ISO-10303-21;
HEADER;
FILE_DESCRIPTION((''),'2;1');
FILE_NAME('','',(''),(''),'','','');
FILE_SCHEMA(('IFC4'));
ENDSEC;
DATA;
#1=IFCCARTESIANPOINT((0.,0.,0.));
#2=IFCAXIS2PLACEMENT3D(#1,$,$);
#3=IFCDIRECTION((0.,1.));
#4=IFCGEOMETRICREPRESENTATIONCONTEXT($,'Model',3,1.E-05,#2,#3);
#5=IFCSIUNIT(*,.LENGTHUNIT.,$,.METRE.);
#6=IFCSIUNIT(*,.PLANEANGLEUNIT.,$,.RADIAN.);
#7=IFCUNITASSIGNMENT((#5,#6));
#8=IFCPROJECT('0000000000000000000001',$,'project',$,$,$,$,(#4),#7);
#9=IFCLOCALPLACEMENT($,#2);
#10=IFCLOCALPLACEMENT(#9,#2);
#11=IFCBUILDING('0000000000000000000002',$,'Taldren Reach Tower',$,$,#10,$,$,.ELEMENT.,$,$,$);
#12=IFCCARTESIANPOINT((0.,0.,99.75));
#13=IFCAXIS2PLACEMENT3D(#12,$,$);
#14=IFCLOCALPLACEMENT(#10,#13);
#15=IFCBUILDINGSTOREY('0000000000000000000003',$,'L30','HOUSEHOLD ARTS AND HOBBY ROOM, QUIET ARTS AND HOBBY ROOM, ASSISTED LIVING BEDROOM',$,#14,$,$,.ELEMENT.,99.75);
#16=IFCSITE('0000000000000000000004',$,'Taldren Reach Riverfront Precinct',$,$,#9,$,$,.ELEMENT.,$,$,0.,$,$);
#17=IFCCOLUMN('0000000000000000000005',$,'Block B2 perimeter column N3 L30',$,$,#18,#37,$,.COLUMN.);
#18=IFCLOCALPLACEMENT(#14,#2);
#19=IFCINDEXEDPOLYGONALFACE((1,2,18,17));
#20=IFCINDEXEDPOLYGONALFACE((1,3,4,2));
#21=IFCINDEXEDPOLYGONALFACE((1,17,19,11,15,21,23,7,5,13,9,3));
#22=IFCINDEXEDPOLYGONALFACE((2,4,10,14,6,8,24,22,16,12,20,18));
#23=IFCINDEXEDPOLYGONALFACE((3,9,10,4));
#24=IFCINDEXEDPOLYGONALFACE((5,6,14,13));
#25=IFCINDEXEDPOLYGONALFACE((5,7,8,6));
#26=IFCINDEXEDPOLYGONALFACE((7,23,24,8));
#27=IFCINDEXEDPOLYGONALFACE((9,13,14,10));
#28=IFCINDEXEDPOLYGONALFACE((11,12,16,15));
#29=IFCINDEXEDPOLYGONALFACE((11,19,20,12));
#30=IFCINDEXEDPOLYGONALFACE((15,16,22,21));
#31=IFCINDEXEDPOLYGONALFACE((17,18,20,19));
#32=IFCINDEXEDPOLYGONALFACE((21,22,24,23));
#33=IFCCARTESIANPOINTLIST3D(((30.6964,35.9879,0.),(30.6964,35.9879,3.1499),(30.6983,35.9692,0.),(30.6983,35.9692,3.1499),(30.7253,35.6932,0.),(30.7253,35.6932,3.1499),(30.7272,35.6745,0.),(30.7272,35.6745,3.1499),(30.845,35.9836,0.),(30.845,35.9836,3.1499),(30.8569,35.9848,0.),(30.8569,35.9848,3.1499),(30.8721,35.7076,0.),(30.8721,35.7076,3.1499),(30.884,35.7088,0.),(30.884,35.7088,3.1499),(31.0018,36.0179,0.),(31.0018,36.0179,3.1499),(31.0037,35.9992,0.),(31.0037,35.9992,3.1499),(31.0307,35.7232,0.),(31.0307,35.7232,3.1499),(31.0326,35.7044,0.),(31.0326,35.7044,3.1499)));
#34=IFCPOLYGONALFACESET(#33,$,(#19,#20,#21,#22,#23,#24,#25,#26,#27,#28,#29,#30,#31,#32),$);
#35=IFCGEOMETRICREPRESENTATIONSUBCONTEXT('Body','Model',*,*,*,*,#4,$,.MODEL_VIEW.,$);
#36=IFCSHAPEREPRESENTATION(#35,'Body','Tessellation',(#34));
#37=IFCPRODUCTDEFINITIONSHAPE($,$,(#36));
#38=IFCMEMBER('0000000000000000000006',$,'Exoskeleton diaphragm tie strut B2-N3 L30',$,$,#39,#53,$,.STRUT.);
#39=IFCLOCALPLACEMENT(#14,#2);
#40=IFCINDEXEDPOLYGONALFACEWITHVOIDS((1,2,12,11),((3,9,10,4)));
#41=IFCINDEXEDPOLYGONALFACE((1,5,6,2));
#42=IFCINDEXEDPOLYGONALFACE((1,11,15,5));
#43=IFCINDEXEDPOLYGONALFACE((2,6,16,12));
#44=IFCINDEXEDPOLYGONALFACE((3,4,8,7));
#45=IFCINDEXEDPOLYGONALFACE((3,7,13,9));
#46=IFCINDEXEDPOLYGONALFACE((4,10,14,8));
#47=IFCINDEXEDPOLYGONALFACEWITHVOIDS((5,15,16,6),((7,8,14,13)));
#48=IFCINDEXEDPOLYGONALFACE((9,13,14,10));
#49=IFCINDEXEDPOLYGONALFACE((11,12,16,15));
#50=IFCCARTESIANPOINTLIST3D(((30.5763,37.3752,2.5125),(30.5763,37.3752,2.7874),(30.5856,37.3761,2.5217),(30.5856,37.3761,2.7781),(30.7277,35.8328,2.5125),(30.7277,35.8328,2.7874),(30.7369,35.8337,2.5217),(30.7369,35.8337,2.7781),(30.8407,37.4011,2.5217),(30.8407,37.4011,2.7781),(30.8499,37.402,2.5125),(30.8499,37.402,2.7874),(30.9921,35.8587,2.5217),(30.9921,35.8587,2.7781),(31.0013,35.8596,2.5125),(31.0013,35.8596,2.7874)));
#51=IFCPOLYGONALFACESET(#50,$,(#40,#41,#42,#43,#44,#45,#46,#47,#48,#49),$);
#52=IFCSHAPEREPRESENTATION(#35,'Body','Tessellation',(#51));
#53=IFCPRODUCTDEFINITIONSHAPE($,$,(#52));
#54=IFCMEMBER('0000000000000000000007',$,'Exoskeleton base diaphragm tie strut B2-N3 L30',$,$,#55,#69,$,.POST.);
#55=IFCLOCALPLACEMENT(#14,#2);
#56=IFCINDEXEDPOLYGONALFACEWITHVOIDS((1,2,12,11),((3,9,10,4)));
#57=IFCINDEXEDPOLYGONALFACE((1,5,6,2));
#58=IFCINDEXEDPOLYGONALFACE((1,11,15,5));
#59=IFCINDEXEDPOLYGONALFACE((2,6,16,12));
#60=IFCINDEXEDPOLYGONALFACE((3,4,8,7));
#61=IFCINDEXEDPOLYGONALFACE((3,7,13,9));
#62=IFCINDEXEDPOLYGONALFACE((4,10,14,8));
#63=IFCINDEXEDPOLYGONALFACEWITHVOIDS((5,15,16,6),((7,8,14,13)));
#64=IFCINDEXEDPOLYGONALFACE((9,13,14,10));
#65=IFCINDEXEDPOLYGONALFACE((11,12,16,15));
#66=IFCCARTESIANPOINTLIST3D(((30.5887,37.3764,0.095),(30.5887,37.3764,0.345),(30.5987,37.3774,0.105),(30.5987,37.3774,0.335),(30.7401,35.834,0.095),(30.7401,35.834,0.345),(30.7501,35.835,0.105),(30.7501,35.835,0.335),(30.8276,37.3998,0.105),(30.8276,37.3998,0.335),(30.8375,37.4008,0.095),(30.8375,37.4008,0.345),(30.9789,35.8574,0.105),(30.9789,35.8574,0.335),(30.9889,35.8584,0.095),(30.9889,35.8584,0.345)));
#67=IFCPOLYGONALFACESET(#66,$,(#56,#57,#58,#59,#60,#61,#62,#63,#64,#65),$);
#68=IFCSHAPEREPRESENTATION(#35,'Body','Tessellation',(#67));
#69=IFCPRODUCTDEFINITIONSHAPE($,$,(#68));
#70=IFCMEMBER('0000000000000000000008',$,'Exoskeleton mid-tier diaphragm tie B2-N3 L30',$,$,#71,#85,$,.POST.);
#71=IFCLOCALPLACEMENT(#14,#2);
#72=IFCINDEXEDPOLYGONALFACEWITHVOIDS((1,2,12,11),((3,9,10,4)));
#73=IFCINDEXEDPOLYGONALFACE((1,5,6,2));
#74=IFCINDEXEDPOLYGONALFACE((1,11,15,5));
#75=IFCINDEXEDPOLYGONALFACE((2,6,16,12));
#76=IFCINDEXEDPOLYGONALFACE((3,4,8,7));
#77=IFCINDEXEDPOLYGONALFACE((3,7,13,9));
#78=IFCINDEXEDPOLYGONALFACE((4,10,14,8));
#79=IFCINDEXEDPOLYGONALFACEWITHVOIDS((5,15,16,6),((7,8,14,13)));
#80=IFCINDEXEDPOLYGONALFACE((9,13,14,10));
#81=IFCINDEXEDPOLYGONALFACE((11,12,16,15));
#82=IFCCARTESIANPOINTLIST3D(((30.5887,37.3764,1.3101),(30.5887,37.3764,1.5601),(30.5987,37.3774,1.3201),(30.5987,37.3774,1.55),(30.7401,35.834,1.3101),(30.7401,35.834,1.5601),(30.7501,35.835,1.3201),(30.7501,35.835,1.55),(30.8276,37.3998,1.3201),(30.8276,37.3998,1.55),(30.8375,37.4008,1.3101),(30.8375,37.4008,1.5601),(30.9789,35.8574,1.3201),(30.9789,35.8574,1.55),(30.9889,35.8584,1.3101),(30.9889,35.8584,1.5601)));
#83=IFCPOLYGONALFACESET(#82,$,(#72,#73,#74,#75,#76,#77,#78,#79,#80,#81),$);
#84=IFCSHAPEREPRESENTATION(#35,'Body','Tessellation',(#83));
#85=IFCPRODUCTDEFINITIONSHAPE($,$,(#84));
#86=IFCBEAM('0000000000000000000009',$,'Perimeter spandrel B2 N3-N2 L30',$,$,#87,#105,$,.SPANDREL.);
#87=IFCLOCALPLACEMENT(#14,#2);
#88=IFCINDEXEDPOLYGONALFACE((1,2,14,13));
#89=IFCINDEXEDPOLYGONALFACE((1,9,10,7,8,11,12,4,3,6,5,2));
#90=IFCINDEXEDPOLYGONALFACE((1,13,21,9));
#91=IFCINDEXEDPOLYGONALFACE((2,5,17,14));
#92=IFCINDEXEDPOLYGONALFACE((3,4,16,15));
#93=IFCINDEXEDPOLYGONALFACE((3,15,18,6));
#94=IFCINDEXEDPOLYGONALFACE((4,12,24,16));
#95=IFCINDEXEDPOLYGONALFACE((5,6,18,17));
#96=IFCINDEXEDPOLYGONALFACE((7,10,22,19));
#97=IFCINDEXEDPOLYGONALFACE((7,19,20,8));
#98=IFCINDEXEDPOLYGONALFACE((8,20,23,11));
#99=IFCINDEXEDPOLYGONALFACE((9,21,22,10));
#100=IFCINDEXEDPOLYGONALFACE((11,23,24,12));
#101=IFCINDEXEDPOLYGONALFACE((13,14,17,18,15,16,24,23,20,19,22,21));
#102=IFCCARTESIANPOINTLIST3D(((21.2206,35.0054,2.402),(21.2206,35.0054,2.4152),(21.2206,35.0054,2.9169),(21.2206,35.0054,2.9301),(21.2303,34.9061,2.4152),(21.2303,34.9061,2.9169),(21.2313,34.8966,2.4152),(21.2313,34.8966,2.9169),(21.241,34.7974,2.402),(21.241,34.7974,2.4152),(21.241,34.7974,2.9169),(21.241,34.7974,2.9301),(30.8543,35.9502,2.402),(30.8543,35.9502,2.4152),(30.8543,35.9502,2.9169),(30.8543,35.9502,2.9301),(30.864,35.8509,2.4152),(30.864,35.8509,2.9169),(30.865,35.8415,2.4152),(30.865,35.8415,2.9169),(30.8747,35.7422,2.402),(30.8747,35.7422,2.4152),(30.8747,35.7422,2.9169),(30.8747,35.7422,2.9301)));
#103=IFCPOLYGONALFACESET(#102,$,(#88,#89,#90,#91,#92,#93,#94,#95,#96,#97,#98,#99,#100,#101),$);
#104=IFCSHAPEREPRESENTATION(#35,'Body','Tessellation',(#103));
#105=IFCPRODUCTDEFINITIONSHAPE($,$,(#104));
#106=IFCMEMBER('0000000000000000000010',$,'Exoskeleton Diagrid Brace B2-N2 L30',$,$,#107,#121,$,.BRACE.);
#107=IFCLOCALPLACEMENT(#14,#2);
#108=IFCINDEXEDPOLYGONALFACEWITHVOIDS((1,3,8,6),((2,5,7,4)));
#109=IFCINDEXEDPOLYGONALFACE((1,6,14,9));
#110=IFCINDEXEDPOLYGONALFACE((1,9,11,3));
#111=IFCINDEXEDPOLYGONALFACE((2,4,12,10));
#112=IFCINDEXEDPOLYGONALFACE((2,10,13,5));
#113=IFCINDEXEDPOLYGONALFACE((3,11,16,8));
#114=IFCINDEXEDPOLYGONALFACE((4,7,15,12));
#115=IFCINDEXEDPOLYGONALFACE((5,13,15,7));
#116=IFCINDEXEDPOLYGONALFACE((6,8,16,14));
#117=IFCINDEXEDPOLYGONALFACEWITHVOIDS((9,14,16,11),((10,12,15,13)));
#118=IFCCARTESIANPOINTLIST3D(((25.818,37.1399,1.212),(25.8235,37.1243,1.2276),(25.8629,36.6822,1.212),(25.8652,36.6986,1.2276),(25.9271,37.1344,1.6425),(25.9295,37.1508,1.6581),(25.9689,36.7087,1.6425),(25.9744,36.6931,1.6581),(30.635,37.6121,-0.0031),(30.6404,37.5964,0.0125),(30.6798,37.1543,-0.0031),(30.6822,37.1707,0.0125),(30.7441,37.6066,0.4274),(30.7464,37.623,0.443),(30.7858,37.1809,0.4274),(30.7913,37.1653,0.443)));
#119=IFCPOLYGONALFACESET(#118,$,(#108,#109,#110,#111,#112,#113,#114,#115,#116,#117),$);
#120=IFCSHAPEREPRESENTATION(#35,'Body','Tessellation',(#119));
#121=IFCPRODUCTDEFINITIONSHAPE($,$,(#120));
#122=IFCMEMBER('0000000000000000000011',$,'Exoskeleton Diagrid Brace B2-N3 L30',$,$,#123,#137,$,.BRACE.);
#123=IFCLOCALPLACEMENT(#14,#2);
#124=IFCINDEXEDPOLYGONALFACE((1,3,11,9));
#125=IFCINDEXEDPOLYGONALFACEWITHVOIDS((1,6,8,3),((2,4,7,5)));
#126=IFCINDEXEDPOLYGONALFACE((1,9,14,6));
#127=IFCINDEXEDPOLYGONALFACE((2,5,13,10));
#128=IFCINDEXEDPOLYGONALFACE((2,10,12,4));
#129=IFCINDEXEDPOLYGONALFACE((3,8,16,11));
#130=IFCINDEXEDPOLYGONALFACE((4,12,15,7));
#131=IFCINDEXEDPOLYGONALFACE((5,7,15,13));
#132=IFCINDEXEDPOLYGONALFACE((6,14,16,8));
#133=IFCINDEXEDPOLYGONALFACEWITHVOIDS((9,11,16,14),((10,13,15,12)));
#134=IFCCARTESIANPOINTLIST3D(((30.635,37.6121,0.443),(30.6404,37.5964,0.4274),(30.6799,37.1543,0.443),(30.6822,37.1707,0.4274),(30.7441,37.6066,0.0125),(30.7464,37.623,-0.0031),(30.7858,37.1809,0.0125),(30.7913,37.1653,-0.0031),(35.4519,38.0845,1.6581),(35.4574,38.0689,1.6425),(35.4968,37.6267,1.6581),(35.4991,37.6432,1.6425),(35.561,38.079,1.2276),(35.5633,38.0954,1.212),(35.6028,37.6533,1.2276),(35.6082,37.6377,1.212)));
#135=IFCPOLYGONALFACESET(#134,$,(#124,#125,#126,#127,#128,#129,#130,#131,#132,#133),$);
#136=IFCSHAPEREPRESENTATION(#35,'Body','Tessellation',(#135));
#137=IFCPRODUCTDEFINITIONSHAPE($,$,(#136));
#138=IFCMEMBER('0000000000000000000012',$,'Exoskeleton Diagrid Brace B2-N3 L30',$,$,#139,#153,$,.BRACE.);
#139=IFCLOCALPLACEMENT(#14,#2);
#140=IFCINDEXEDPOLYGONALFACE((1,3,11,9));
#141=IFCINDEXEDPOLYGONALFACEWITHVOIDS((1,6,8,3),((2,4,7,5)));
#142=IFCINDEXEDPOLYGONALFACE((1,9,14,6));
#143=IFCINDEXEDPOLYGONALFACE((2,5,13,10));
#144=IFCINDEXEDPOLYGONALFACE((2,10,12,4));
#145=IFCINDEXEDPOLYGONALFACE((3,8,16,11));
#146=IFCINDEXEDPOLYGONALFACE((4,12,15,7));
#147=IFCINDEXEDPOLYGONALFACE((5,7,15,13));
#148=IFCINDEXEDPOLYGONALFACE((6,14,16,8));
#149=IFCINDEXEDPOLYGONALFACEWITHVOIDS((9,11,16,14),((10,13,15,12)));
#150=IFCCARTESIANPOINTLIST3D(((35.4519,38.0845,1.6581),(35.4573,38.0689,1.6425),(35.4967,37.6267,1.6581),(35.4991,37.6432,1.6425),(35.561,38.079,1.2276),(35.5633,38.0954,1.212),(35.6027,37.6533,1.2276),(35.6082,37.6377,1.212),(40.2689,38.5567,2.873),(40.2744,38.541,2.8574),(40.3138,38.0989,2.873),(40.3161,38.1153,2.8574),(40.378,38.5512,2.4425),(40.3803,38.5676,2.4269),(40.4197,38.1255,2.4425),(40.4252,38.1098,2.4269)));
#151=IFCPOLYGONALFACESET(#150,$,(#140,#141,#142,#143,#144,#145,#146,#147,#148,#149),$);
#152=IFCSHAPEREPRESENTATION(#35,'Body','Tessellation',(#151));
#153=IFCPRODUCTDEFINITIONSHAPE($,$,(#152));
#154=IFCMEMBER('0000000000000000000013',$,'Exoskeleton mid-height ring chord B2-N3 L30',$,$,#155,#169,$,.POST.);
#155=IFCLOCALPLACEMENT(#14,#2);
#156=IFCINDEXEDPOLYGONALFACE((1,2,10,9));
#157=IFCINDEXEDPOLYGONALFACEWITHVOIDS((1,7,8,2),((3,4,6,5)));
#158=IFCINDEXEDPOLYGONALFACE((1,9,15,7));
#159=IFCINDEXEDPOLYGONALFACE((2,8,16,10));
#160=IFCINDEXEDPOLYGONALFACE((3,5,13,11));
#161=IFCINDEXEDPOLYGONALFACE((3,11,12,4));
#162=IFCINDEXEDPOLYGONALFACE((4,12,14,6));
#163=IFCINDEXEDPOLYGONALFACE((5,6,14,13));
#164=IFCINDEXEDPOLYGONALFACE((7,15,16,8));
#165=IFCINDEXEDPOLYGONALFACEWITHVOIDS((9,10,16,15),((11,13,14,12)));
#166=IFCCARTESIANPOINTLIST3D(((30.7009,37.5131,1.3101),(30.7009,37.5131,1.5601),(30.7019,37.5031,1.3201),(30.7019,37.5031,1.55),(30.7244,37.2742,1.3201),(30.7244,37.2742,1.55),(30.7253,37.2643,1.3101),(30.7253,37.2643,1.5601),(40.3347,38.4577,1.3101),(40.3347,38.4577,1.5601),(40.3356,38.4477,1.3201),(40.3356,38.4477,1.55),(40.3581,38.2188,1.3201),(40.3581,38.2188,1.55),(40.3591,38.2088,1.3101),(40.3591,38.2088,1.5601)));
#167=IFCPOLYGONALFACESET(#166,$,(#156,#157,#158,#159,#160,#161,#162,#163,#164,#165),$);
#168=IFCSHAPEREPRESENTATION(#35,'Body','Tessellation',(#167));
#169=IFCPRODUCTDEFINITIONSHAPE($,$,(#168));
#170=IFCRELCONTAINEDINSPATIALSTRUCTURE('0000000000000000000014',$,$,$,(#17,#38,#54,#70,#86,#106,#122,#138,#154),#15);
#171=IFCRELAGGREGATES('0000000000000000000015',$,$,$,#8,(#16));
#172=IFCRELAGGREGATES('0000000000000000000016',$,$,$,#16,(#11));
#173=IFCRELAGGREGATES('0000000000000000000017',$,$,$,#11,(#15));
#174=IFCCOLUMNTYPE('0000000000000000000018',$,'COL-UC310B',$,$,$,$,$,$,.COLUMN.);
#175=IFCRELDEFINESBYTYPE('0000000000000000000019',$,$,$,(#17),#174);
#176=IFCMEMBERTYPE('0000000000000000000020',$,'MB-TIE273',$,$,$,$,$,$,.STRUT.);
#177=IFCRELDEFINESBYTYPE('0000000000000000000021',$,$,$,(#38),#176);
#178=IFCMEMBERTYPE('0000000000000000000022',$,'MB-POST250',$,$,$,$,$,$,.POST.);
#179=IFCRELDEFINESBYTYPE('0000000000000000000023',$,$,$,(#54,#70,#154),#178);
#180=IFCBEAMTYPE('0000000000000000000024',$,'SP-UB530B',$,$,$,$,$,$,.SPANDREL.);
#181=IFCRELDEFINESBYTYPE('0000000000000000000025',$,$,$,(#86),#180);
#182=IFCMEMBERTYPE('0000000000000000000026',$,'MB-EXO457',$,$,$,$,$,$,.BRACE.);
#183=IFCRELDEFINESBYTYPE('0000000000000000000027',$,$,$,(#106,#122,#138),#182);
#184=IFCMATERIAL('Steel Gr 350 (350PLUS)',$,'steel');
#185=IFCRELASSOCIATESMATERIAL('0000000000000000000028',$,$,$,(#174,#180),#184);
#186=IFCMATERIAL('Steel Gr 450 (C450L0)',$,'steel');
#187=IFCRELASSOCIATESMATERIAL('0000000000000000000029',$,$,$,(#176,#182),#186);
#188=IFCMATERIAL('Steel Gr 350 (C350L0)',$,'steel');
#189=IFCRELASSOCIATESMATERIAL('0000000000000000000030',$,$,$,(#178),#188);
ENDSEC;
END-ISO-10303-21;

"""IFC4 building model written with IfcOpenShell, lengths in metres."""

from ifc_helpers import new_model, si_unit, direction, frame, origin, origin_2d, place, context, subcontext, project, spatial, hollow_rectangle, i_section, extrude, source, transform, mapped, material, material_profile, profile_set, type_object, element, save


model = new_model("IFC4")

# Units and contexts
model_context = context("Model", 3, precision=1e-05, world=origin(), true_north=direction((0.0, 1.0)))
body_context = subcontext(model_context, "Body", "Model", "MODEL_VIEW")
ifc_project = project(units=[si_unit("LENGTHUNIT", "METRE"), si_unit("PLANEANGLEUNIT", "RADIAN")], contexts=[model_context])

# Site, building, storey
site_placement = place(None, origin())
site = spatial("IfcSite", under=ifc_project, at=site_placement, Name="Taldren Reach Riverfront Precinct", CompositionType="ELEMENT", RefElevation=0.0)
building_placement = place(site_placement, origin())
building = spatial("IfcBuilding", under=site, at=building_placement, Name="Taldren Reach Tower", CompositionType="ELEMENT")
storey_placement = place(building_placement, frame((0.0, 0.0, 99.75)))
storey = spatial("IfcBuildingStorey", under=building, at=storey_placement, Name="L30", Description="HOUSEHOLD ARTS AND HOBBY ROOM, QUIET ARTS AND HOBBY ROOM, ASSISTED LIVING BEDROOM", CompositionType="ELEMENT", Elevation=99.75)

# Column
ifc_material_1 = material(Name="Steel Gr 350 (350PLUS)", Category="steel")
ifc_material_profile_1 = material_profile(ifc_material_1, i_section(OverallWidth=0.3069, OverallDepth=0.3149, WebThickness=0.012, FlangeThickness=0.0188, at=origin_2d()), Name="310UC118")
ifc_profile_set_1 = profile_set([ifc_material_profile_1], Name="Steel Gr 350 (350PLUS)")
column_type = type_object("IfcColumnType", Name="COL-UC310B", PredefinedType="COLUMN", material=ifc_profile_set_1)
shared_shape_1 = source(origin(), body_context, "Body", "SweptSolid", [
    extrude(i_section(OverallWidth=0.3069, OverallDepth=0.3149, WebThickness=0.012, FlangeThickness=0.0188, at=origin_2d()), origin(), (0.0, 0.0, 1.0), 3.1499),
])
column_placement = place(storey_placement, frame((30.8645, 35.8462, 0.0), z_axis=(0.0, 0.0, 1.0), x_axis=(0.995227, 0.097583, 0.0)))
element("IfcColumn", 1, at=column_placement, inside=storey, type_object=column_type, Name="Block B2 perimeter column N3 L30", PredefinedType="COLUMN", context=body_context, shape_type="MappedRepresentation", body=[
    mapped(shared_shape_1, transform((0.0, 0.0, 0.0), scale=1.0)),
])

# Members
ifc_material_2 = material(Name="Steel Gr 450 (C450L0)", Category="steel")
ifc_material_profile_2 = material_profile(ifc_material_2, hollow_rectangle(XDim=0.2749, YDim=0.2749, WallThickness=0.0093, at=origin_2d()), Name="275x275x9.3SHS")
ifc_profile_set_2 = profile_set([ifc_material_profile_2], Name="Steel Gr 450 (C450L0)")
member_type_1 = type_object("IfcMemberType", Name="MB-TIE273", PredefinedType="STRUT", material=ifc_profile_set_2)
shared_shape_2 = source(origin(), body_context, "Body", "SweptSolid", [
    extrude(hollow_rectangle(XDim=0.2749, YDim=0.2749, WallThickness=0.0093, at=origin_2d()), origin(), (0.0, 0.0, 1.0), 1.5498),
])
member_1_placement = place(storey_placement, frame((30.8645, 35.8462, 2.6499), z_axis=(-0.097663, 0.99522, 0.0), x_axis=(-0.99522, -0.097663, 0.0)))
element("IfcMember", 2, at=member_1_placement, inside=storey, type_object=member_type_1, Name="Exoskeleton diaphragm tie strut B2-N3 L30", PredefinedType="STRUT", context=body_context, shape_type="MappedRepresentation", body=[
    mapped(shared_shape_2, transform((0.0, 0.0, 0.0), scale=1.0)),
])
ifc_material_3 = material(Name="Steel Gr 350 (C350L0)", Category="steel")
ifc_material_profile_3 = material_profile(ifc_material_3, hollow_rectangle(XDim=0.25, YDim=0.25, WallThickness=0.01, at=origin_2d()), Name="250x250x10.0SHS")
ifc_profile_set_3 = profile_set([ifc_material_profile_3], Name="Steel Gr 350 (C350L0)")
member_type_2 = type_object("IfcMemberType", Name="MB-POST250", PredefinedType="POST", material=ifc_profile_set_3)
shared_shape_3 = source(origin(), body_context, "Body", "SweptSolid", [
    extrude(hollow_rectangle(XDim=0.25, YDim=0.25, WallThickness=0.01, at=origin_2d()), origin(), (0.0, 0.0, 1.0), 1.5498),
])
for number, where, z_axis, x_axis, name in (
    (3, (30.8645, 35.8462, 0.22), (-0.097663, 0.99522, 0.0), (-0.99522, -0.097663, 0.0), "Exoskeleton base diaphragm tie strut B2-N3 L30"),
    (4, (30.8645, 35.8462, 1.4351), (-0.097663, 0.99522, 0.0), (-0.99522, -0.097663, 0.0), "Exoskeleton mid-tier diaphragm tie B2-N3 L30"),
):
    element("IfcMember", number, at=place(storey_placement, frame(where, z_axis=z_axis, x_axis=x_axis)), inside=storey, type_object=member_type_2, Name=name, PredefinedType="POST", context=body_context, shape_type="MappedRepresentation", body=[
        mapped(shared_shape_3, transform((0.0, 0.0, 0.0), scale=1.0)),
    ])

# Beam
ifc_material_profile_4 = material_profile(ifc_material_1, i_section(OverallWidth=0.209, OverallDepth=0.5281, WebThickness=0.0095, FlangeThickness=0.0132, at=origin_2d()), Name="530UB82.0")
ifc_profile_set_4 = profile_set([ifc_material_profile_4], Name="Steel Gr 350 (350PLUS)")
beam_type = type_object("IfcBeamType", Name="SP-UB530B", PredefinedType="SPANDREL", material=ifc_profile_set_4)
shared_shape_4 = source(origin(), body_context, "Body", "SweptSolid", [
    extrude(i_section(OverallWidth=0.209, OverallDepth=0.5281, WebThickness=0.0095, FlangeThickness=0.0132, at=origin_2d()), origin(), (0.0, 0.0, 1.0), 9.6799),
])
beam_placement = place(storey_placement, frame((30.8645, 35.8462, 2.666), z_axis=(-0.995225, -0.097606, 0.0), x_axis=(0.097606, -0.995225, 0.0)))
element("IfcBeam", 5, at=beam_placement, inside=storey, type_object=beam_type, Name="Perimeter spandrel B2 N3-N2 L30", PredefinedType="SPANDREL", context=body_context, shape_type="MappedRepresentation", body=[
    mapped(shared_shape_4, transform((0.0, 0.0, 0.0), scale=1.0)),
])

# Members
ifc_material_profile_5 = material_profile(ifc_material_2, hollow_rectangle(XDim=0.46, YDim=0.46, WallThickness=0.0161, at=origin_2d()), Name="460x460x16.0SHS")
ifc_profile_set_5 = profile_set([ifc_material_profile_5], Name="Steel Gr 450 (C450L0)")
member_type_3 = type_object("IfcMemberType", Name="MB-EXO457", PredefinedType="BRACE", material=ifc_profile_set_5)
shared_shape_5 = source(origin(), body_context, "Body", "SweptSolid", [
    extrude(hollow_rectangle(XDim=0.46, YDim=0.46, WallThickness=0.0161, at=origin_2d()), origin(), (0.0, 0.0, 1.0), 4.9902),
])
for number, where, z_axis, x_axis, name in (
    (6, (30.7131, 37.3887, 0.22), (-0.965276, -0.09462, 0.243496), (0.097556, -0.99523, 0.0), "Exoskeleton Diagrid Brace B2-N2 L30"),
    (7, (30.7131, 37.3887, 0.22), (0.965271, 0.094668, 0.243495), (-0.097606, 0.995225, 0.0), "Exoskeleton Diagrid Brace B2-N3 L30"),
    (8, (35.53, 37.8611, 1.4351), (0.965287, 0.094621, 0.24345), (-0.097556, 0.99523, 0.0), "Exoskeleton Diagrid Brace B2-N3 L30"),
):
    element("IfcMember", number, at=place(storey_placement, frame(where, z_axis=z_axis, x_axis=x_axis)), inside=storey, type_object=member_type_3, Name=name, PredefinedType="BRACE", context=body_context, shape_type="MappedRepresentation", body=[
        mapped(shared_shape_5, transform((0.0, 0.0, 0.0), scale=1.0)),
    ])
shared_shape_6 = source(origin(), body_context, "Body", "SweptSolid", [
    extrude(hollow_rectangle(XDim=0.25, YDim=0.25, WallThickness=0.01, at=origin_2d()), origin(), (0.0, 0.0, 1.0), 9.6799),
])
member_2_placement = place(storey_placement, frame((30.7131, 37.3887, 1.4351), z_axis=(0.995228, 0.097581, 0.0), x_axis=(-0.097581, 0.995228, 0.0)))
element("IfcMember", 9, at=member_2_placement, inside=storey, type_object=member_type_2, Name="Exoskeleton mid-height ring chord B2-N3 L30", PredefinedType="POST", context=body_context, shape_type="MappedRepresentation", body=[
    mapped(shared_shape_6, transform((0.0, 0.0, 0.0), scale=1.0)),
])

save(model, "model.ifc")
